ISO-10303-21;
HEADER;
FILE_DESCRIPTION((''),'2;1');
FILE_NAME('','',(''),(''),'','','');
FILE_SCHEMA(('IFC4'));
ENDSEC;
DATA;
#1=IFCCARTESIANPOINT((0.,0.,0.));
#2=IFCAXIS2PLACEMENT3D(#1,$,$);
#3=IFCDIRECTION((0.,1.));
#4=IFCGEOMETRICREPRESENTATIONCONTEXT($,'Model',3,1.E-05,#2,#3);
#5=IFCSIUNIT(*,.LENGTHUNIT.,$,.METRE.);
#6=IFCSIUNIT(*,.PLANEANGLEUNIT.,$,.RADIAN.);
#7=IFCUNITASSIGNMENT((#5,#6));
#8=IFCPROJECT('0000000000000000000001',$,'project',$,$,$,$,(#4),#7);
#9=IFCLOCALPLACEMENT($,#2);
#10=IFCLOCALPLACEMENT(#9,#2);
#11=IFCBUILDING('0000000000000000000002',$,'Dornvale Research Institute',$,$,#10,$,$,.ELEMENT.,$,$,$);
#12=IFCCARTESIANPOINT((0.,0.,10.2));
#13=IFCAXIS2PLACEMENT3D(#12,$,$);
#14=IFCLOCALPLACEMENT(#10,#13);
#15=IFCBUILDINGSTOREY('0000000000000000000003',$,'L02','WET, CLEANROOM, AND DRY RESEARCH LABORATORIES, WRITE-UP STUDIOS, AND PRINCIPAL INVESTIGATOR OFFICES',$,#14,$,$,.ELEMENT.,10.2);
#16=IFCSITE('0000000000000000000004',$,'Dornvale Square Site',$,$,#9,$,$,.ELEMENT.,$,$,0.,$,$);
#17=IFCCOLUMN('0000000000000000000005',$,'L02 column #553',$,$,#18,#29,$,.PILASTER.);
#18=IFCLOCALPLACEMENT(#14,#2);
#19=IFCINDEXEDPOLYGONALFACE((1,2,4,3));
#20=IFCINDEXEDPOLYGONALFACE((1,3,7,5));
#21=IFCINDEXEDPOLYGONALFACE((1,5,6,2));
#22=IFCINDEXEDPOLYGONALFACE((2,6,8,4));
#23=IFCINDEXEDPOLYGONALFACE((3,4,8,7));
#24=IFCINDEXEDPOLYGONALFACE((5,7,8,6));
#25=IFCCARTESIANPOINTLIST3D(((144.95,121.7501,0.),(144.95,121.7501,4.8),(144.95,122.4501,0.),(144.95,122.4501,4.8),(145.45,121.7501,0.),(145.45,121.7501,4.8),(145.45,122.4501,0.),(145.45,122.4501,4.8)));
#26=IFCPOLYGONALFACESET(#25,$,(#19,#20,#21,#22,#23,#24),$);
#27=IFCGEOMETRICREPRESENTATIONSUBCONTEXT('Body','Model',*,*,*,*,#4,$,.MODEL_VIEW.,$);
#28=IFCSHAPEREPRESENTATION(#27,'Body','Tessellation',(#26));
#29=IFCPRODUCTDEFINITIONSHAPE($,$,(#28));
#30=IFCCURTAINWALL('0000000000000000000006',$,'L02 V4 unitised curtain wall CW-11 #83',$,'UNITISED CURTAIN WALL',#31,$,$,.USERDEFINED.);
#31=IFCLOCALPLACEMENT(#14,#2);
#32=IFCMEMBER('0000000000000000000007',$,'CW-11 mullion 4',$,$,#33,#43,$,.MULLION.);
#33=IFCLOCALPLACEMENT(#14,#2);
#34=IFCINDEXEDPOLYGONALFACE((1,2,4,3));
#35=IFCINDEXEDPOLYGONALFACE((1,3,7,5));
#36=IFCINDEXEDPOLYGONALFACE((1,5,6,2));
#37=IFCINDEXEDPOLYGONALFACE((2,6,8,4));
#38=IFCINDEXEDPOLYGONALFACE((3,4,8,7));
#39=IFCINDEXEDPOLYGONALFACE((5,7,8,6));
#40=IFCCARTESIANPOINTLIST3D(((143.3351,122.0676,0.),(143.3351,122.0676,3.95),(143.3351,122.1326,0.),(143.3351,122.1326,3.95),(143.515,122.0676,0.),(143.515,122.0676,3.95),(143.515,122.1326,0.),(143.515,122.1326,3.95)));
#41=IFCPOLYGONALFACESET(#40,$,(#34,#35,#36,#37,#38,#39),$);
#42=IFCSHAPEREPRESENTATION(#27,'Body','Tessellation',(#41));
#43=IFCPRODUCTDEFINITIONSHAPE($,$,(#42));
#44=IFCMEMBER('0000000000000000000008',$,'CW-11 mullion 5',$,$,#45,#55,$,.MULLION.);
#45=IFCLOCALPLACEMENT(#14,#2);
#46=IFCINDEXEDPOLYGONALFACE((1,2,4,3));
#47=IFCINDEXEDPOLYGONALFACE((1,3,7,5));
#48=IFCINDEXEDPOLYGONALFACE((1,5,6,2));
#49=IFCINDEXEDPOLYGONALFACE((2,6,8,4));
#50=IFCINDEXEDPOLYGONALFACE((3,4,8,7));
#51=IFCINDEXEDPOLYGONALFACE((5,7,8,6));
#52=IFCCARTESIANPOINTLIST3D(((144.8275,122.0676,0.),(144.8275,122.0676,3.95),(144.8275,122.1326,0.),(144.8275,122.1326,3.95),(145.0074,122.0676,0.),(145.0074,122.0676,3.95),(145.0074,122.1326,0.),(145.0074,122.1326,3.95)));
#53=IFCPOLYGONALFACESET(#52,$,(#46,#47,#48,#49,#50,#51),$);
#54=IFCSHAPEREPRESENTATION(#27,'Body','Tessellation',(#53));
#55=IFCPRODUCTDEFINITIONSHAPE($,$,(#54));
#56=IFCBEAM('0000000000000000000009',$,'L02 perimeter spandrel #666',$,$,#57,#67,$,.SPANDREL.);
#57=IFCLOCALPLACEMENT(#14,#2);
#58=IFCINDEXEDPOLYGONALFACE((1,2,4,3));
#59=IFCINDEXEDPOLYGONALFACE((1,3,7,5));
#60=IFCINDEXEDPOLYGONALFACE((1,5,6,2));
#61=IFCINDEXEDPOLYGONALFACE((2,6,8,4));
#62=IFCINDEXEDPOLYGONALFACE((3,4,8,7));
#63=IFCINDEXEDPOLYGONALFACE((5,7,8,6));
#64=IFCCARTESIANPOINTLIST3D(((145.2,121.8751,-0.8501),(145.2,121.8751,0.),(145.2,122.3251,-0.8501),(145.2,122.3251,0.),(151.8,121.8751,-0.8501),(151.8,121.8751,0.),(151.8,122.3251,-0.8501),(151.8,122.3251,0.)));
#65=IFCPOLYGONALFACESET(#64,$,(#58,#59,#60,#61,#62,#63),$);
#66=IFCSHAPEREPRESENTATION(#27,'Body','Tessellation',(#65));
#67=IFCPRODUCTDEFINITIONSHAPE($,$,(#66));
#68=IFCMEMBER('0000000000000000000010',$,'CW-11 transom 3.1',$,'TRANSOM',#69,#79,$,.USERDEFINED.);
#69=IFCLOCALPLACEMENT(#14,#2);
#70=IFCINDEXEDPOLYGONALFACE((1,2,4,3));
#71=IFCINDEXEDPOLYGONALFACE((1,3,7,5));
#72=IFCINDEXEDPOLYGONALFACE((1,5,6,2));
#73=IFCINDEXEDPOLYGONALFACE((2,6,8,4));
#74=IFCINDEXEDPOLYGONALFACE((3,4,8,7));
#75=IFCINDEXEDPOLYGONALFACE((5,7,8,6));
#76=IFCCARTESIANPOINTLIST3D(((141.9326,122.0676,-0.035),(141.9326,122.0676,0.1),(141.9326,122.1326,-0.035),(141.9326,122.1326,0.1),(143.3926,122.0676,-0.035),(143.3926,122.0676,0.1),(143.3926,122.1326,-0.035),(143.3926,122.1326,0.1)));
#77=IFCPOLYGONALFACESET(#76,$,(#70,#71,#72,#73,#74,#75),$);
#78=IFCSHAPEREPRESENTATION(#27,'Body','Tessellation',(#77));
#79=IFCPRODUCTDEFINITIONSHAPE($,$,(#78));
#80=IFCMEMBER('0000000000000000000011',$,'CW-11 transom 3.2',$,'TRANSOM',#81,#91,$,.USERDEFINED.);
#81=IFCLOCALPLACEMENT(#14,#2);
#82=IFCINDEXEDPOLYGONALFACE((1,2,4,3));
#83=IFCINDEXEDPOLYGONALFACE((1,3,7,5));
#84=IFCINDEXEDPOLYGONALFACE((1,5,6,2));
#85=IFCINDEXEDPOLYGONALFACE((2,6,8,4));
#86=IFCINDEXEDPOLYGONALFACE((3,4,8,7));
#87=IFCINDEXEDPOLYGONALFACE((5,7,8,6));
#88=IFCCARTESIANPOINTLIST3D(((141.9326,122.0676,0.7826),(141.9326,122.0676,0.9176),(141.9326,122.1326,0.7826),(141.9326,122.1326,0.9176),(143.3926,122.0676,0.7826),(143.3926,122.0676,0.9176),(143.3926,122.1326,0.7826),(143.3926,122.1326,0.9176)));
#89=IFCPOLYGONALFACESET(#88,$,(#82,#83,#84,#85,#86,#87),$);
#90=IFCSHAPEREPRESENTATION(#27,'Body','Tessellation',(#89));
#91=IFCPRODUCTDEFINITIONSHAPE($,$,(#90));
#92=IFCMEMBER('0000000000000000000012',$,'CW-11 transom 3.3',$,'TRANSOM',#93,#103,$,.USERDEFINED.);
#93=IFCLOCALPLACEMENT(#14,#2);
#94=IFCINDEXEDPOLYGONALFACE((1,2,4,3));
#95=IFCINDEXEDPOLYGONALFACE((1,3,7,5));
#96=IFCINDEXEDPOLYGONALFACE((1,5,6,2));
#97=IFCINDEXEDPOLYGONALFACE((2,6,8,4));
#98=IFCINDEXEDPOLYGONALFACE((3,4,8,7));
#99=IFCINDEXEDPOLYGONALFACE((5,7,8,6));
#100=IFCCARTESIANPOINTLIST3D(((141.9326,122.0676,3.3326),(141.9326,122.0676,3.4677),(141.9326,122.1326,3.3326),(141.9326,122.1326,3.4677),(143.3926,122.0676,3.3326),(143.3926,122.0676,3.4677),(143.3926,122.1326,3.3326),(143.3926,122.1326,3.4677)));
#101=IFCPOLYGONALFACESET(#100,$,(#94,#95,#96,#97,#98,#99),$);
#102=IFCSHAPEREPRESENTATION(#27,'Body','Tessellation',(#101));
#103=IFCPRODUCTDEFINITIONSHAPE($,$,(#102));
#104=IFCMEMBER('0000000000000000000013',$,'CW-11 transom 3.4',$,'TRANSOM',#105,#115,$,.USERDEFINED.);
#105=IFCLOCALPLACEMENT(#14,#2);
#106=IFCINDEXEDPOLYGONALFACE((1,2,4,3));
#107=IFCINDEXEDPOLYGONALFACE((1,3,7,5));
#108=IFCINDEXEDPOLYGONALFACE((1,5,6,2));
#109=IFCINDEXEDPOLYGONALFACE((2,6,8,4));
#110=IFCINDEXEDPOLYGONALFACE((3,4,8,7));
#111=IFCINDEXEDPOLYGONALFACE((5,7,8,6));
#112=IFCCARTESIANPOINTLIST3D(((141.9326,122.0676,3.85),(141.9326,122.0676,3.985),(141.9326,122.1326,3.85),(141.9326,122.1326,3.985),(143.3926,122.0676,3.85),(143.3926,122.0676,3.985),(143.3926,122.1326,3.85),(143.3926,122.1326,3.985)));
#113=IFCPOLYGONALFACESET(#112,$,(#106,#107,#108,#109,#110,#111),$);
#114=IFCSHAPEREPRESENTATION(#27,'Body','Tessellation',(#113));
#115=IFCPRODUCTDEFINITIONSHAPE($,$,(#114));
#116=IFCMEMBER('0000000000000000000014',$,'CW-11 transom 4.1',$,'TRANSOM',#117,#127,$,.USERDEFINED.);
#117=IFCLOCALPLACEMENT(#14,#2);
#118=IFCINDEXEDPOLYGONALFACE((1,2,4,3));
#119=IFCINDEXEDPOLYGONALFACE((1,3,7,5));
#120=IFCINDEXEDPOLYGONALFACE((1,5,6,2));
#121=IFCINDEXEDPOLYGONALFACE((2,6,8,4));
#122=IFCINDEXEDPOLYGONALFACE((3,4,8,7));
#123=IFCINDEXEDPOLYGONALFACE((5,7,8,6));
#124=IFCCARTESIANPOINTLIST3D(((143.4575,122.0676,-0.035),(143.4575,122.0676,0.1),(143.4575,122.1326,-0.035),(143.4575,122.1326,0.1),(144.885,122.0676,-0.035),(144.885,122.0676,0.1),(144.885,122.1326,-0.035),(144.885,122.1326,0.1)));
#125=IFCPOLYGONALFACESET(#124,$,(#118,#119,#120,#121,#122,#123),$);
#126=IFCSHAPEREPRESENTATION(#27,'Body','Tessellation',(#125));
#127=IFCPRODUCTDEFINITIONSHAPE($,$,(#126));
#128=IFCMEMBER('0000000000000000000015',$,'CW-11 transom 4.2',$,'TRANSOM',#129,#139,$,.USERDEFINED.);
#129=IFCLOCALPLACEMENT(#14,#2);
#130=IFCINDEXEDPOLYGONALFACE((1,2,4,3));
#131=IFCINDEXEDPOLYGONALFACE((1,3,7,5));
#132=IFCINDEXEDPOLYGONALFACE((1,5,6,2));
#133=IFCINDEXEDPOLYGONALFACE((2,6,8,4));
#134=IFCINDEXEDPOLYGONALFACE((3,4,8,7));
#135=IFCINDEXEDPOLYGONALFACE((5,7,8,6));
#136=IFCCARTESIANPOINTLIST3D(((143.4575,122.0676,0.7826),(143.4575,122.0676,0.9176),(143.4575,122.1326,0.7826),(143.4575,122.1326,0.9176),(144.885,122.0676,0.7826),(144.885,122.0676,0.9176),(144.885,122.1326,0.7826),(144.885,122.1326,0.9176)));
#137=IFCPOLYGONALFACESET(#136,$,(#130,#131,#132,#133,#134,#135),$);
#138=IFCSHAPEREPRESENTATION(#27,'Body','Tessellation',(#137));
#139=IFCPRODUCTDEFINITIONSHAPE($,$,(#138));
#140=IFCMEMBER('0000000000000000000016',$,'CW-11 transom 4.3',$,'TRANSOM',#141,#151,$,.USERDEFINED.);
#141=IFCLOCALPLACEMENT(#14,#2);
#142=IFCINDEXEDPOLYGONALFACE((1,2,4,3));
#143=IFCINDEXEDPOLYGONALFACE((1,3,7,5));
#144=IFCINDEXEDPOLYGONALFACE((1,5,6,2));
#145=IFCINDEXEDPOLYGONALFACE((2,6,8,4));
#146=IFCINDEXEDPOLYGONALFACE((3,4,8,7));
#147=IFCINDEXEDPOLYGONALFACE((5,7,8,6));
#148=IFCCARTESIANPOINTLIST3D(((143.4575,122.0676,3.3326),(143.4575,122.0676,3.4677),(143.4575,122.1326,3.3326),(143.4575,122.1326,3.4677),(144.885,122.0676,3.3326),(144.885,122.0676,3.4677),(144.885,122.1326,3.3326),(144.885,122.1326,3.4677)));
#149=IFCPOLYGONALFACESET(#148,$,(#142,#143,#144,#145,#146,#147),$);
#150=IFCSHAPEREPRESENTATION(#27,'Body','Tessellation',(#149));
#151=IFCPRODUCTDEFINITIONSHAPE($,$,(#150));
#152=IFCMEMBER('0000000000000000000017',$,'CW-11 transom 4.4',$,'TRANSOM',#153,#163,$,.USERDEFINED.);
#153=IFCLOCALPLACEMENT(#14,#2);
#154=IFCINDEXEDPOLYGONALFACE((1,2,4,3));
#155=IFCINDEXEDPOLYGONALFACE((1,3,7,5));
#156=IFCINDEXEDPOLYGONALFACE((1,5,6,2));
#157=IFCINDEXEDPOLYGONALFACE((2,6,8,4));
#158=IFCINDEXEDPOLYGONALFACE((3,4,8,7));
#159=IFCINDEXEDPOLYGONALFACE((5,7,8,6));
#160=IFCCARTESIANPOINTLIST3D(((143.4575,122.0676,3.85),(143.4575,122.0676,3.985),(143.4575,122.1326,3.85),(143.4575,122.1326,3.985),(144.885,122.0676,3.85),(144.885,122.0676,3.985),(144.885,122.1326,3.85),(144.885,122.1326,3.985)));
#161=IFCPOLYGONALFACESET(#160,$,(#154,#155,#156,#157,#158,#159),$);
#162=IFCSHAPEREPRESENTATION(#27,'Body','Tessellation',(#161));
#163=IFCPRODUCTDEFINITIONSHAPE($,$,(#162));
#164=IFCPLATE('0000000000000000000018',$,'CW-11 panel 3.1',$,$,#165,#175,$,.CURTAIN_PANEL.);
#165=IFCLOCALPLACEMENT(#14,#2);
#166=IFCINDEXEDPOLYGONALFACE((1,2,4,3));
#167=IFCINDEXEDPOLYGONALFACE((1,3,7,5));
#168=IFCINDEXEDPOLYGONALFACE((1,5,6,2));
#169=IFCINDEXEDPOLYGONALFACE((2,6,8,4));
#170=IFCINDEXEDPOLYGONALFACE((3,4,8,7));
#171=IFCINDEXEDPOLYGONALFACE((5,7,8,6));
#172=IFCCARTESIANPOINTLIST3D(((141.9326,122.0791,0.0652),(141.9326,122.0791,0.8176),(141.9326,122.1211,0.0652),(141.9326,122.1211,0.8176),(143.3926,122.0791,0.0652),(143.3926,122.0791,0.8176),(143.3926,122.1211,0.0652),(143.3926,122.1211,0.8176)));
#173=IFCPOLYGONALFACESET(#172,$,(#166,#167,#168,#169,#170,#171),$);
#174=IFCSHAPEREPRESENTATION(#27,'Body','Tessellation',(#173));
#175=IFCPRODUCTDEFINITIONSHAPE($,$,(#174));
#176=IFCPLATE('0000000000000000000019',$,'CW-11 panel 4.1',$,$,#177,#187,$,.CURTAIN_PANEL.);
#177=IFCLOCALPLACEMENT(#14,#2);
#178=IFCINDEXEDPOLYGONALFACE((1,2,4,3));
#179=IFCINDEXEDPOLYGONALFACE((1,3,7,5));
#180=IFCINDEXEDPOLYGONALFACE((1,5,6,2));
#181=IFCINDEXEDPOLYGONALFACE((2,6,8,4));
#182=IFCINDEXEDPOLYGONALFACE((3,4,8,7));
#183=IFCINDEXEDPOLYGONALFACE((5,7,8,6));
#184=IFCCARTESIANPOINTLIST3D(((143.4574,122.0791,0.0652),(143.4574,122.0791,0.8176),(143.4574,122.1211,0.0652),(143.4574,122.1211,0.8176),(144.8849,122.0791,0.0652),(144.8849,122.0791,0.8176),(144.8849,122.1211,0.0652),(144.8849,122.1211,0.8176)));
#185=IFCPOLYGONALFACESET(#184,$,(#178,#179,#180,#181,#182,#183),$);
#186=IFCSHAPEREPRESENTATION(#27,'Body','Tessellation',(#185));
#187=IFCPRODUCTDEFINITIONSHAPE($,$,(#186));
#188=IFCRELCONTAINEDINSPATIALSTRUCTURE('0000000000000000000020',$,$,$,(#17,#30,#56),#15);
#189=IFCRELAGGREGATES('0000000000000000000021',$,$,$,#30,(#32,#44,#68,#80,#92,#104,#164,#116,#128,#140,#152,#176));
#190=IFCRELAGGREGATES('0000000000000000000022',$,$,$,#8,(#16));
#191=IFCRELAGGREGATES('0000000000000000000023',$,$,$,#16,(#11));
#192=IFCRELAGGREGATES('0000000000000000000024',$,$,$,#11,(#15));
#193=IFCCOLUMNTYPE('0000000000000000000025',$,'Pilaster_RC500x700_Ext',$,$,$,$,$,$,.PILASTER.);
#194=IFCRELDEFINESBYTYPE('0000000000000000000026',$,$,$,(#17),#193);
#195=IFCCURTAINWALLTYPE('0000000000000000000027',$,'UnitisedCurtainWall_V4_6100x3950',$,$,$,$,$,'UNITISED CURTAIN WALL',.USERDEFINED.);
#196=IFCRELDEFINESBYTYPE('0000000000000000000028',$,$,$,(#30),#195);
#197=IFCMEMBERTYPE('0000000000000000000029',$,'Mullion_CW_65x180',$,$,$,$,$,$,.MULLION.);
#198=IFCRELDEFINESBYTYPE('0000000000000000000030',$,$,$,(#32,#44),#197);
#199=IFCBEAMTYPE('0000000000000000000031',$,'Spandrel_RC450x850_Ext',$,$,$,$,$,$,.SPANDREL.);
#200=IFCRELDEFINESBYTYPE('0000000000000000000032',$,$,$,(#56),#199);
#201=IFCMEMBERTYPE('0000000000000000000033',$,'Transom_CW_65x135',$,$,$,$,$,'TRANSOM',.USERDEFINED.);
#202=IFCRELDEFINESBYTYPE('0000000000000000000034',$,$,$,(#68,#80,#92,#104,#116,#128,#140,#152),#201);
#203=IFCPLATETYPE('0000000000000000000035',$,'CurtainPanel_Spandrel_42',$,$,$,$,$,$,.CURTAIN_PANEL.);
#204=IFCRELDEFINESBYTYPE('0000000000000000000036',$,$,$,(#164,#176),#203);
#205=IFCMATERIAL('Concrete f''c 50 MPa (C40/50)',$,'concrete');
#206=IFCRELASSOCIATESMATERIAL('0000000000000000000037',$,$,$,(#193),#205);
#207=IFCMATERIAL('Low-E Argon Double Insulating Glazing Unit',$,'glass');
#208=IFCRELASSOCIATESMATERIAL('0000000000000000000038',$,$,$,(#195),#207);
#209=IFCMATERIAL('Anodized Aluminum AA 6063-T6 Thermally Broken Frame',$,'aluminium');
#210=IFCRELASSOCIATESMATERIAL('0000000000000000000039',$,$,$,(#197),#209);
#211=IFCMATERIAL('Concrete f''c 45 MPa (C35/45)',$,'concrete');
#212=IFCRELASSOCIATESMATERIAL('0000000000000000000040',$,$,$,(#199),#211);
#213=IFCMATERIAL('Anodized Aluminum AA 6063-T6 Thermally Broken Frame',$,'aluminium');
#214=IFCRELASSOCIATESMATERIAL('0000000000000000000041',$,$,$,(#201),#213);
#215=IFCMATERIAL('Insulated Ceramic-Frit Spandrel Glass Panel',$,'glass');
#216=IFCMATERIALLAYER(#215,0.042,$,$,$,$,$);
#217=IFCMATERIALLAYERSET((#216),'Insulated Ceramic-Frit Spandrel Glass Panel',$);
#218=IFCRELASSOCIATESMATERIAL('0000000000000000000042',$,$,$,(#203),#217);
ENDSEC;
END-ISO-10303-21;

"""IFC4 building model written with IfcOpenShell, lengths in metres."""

from ifc_helpers import new_model, si_unit, direction, frame, origin, origin_2d, place, context, subcontext, project, spatial, rectangle, extrude, material, layer, layer_set, material_profile, profile_set, type_object, element, aggregate, save


model = new_model("IFC4")

# Units and contexts
model_context = context("Model", 3, precision=1e-05, world=origin(), true_north=direction((0.0, 1.0)))
body_context = subcontext(model_context, "Body", "Model", "MODEL_VIEW")
ifc_project = project(units=[si_unit("LENGTHUNIT", "METRE"), si_unit("PLANEANGLEUNIT", "RADIAN")], contexts=[model_context])

# Site, building, storey
site_placement = place(None, origin())
site = spatial("IfcSite", under=ifc_project, at=site_placement, Name="Dornvale Square Site", CompositionType="ELEMENT", RefElevation=0.0)
building_placement = place(site_placement, origin())
building = spatial("IfcBuilding", under=site, at=building_placement, Name="Dornvale Research Institute", CompositionType="ELEMENT")
storey_placement = place(building_placement, frame((0.0, 0.0, 10.2)))
storey = spatial("IfcBuildingStorey", under=building, at=storey_placement, Name="L02", Description="WET, CLEANROOM, AND DRY RESEARCH LABORATORIES, WRITE-UP STUDIOS, AND PRINCIPAL INVESTIGATOR OFFICES", CompositionType="ELEMENT", Elevation=10.2)

# Column
ifc_material_1 = material(Name="Concrete f'c 50 MPa (C40/50)", Category="concrete")
ifc_material_profile_1 = material_profile(ifc_material_1, rectangle(XDim=0.5, YDim=0.7, at=origin_2d()), Name="RC 500x700")
ifc_profile_set_1 = profile_set([ifc_material_profile_1], Name="Concrete f'c 50 MPa (C40/50)")
column_type = type_object("IfcColumnType", Name="Pilaster_RC500x700_Ext", PredefinedType="PILASTER", material=ifc_profile_set_1)
column_placement = place(storey_placement, frame((145.2, 122.1001, 0.0), z_axis=(0.0, 0.0, 1.0), x_axis=(1.0, 0.0, 0.0)))
element("IfcColumn", 1, at=column_placement, inside=storey, type_object=column_type, Name="L02 column #553", PredefinedType="PILASTER", context=body_context, shape_type="SweptSolid", body=[
    extrude(rectangle(XDim=0.5, YDim=0.7, at=origin_2d()), origin(), (0.0, 0.0, 1.0), 4.8),
])

# Curtain wall, members
ifc_material_2 = material(Name="Low-E Argon Double Insulating Glazing Unit", Category="glass")
curtain_wall_type = type_object("IfcCurtainWallType", Name="UnitisedCurtainWall_V4_6100x3950", ElementType="UNITISED CURTAIN WALL", PredefinedType="USERDEFINED", material=ifc_material_2)
curtain_wall_placement = place(storey_placement, origin())
curtain_wall = element("IfcCurtainWall", 2, at=curtain_wall_placement, inside=storey, type_object=curtain_wall_type, Name="L02 V4 unitised curtain wall CW-11 #83", ObjectType="UNITISED CURTAIN WALL", PredefinedType="USERDEFINED")
ifc_material_3 = material(Name="Anodized Aluminum AA 6063-T6 Thermally Broken Frame", Category="aluminium")
ifc_material_profile_2 = material_profile(ifc_material_3, rectangle(XDim=0.0649, YDim=0.1799, at=origin_2d()), Name="ALU MULLION 65x180")
ifc_profile_set_2 = profile_set([ifc_material_profile_2], Name="Anodized Aluminum AA 6063-T6 Thermally Broken Frame")
member_type_1 = type_object("IfcMemberType", Name="Mullion_CW_65x180", PredefinedType="MULLION", material=ifc_profile_set_2)
member_1_placement = place(storey_placement, frame((143.425, 122.1001, 0.0), z_axis=(0.0, 0.0, 1.0), x_axis=(0.0, 1.0, 0.0)))
member_1 = element("IfcMember", 3, at=member_1_placement, type_object=member_type_1, Name="CW-11 mullion 4", PredefinedType="MULLION", context=body_context, shape_type="SweptSolid", body=[
    extrude(rectangle(XDim=0.0649, YDim=0.1799, at=origin_2d()), origin(), (0.0, 0.0, 1.0), 3.95),
])
member_2_placement = place(storey_placement, frame((144.9175, 122.1001, 0.0), z_axis=(0.0, 0.0, 1.0), x_axis=(0.0, 1.0, 0.0)))
member_2 = element("IfcMember", 4, at=member_2_placement, type_object=member_type_1, Name="CW-11 mullion 5", PredefinedType="MULLION", context=body_context, shape_type="SweptSolid", body=[
    extrude(rectangle(XDim=0.0649, YDim=0.1799, at=origin_2d()), origin(), (0.0, 0.0, 1.0), 3.95),
])

# Beam
ifc_material_4 = material(Name="Concrete f'c 45 MPa (C35/45)", Category="concrete")
ifc_material_profile_3 = material_profile(ifc_material_4, rectangle(XDim=0.45, YDim=0.8501, at=origin_2d()), Name="RC 450x850")
ifc_profile_set_3 = profile_set([ifc_material_profile_3], Name="Concrete f'c 45 MPa (C35/45)")
beam_type = type_object("IfcBeamType", Name="Spandrel_RC450x850_Ext", PredefinedType="SPANDREL", material=ifc_profile_set_3)
beam_placement = place(storey_placement, frame((145.2, 122.1001, -0.425), z_axis=(1.0, 0.0, 0.0), x_axis=(0.0, 1.0, 0.0)))
element("IfcBeam", 5, at=beam_placement, inside=storey, type_object=beam_type, Name="L02 perimeter spandrel #666", PredefinedType="SPANDREL", context=body_context, shape_type="SweptSolid", body=[
    extrude(rectangle(XDim=0.45, YDim=0.8501, at=origin_2d()), origin(), (0.0, 0.0, 1.0), 6.6001),
])

# Members
ifc_material_5 = material(Name="Anodized Aluminum AA 6063-T6 Thermally Broken Frame", Category="aluminium")
ifc_material_profile_4 = material_profile(ifc_material_5, rectangle(XDim=0.0649, YDim=0.135, at=origin_2d()), Name="ALU TRANSOM 65x135")
ifc_profile_set_4 = profile_set([ifc_material_profile_4], Name="Anodized Aluminum AA 6063-T6 Thermally Broken Frame")
member_type_2 = type_object("IfcMemberType", Name="Transom_CW_65x135", ElementType="TRANSOM", PredefinedType="USERDEFINED", material=ifc_profile_set_4)
member_3_placement = place(storey_placement, frame((141.9326, 122.1001, 0.0325), z_axis=(1.0, 0.0, 0.0), x_axis=(0.0, 1.0, 0.0)))
member_3 = element("IfcMember", 6, at=member_3_placement, type_object=member_type_2, Name="CW-11 transom 3.1", ObjectType="TRANSOM", PredefinedType="USERDEFINED", context=body_context, shape_type="SweptSolid", body=[
    extrude(rectangle(XDim=0.0649, YDim=0.135, at=origin_2d()), origin(), (0.0, 0.0, 1.0), 1.46),
])
member_4_placement = place(storey_placement, frame((141.9326, 122.1001, 0.8501), z_axis=(1.0, 0.0, 0.0), x_axis=(0.0, 1.0, 0.0)))
member_4 = element("IfcMember", 7, at=member_4_placement, type_object=member_type_2, Name="CW-11 transom 3.2", ObjectType="TRANSOM", PredefinedType="USERDEFINED", context=body_context, shape_type="SweptSolid", body=[
    extrude(rectangle(XDim=0.0649, YDim=0.135, at=origin_2d()), origin(), (0.0, 0.0, 1.0), 1.46),
])
member_5_placement = place(storey_placement, frame((141.9326, 122.1001, 3.4001), z_axis=(1.0, 0.0, 0.0), x_axis=(0.0, 1.0, 0.0)))
member_5 = element("IfcMember", 8, at=member_5_placement, type_object=member_type_2, Name="CW-11 transom 3.3", ObjectType="TRANSOM", PredefinedType="USERDEFINED", context=body_context, shape_type="SweptSolid", body=[
    extrude(rectangle(XDim=0.0649, YDim=0.135, at=origin_2d()), origin(), (0.0, 0.0, 1.0), 1.46),
])
member_6_placement = place(storey_placement, frame((141.9326, 122.1001, 3.9175), z_axis=(1.0, 0.0, 0.0), x_axis=(0.0, 1.0, 0.0)))
member_6 = element("IfcMember", 9, at=member_6_placement, type_object=member_type_2, Name="CW-11 transom 3.4", ObjectType="TRANSOM", PredefinedType="USERDEFINED", context=body_context, shape_type="SweptSolid", body=[
    extrude(rectangle(XDim=0.0649, YDim=0.135, at=origin_2d()), origin(), (0.0, 0.0, 1.0), 1.46),
])
member_7_placement = place(storey_placement, frame((143.4575, 122.1001, 0.0325), z_axis=(1.0, 0.0, 0.0), x_axis=(0.0, 1.0, 0.0)))
member_7 = element("IfcMember", 10, at=member_7_placement, type_object=member_type_2, Name="CW-11 transom 4.1", ObjectType="TRANSOM", PredefinedType="USERDEFINED", context=body_context, shape_type="SweptSolid", body=[
    extrude(rectangle(XDim=0.0649, YDim=0.135, at=origin_2d()), origin(), (0.0, 0.0, 1.0), 1.4275),
])
member_8_placement = place(storey_placement, frame((143.4575, 122.1001, 0.8501), z_axis=(1.0, 0.0, 0.0), x_axis=(0.0, 1.0, 0.0)))
member_8 = element("IfcMember", 11, at=member_8_placement, type_object=member_type_2, Name="CW-11 transom 4.2", ObjectType="TRANSOM", PredefinedType="USERDEFINED", context=body_context, shape_type="SweptSolid", body=[
    extrude(rectangle(XDim=0.0649, YDim=0.135, at=origin_2d()), origin(), (0.0, 0.0, 1.0), 1.4275),
])
member_9_placement = place(storey_placement, frame((143.4575, 122.1001, 3.4001), z_axis=(1.0, 0.0, 0.0), x_axis=(0.0, 1.0, 0.0)))
member_9 = element("IfcMember", 12, at=member_9_placement, type_object=member_type_2, Name="CW-11 transom 4.3", ObjectType="TRANSOM", PredefinedType="USERDEFINED", context=body_context, shape_type="SweptSolid", body=[
    extrude(rectangle(XDim=0.0649, YDim=0.135, at=origin_2d()), origin(), (0.0, 0.0, 1.0), 1.4275),
])
member_10_placement = place(storey_placement, frame((143.4575, 122.1001, 3.9175), z_axis=(1.0, 0.0, 0.0), x_axis=(0.0, 1.0, 0.0)))
member_10 = element("IfcMember", 13, at=member_10_placement, type_object=member_type_2, Name="CW-11 transom 4.4", ObjectType="TRANSOM", PredefinedType="USERDEFINED", context=body_context, shape_type="SweptSolid", body=[
    extrude(rectangle(XDim=0.0649, YDim=0.135, at=origin_2d()), origin(), (0.0, 0.0, 1.0), 1.4275),
])

# Plates
ifc_material_6 = material(Name="Insulated Ceramic-Frit Spandrel Glass Panel", Category="glass")
ifc_layer_1 = layer(ifc_material_6, 0.042)
ifc_layer_set_1 = layer_set([ifc_layer_1], Name="Insulated Ceramic-Frit Spandrel Glass Panel")
plate_type_1 = type_object("IfcPlateType", Name="CurtainPanel_Spandrel_42", PredefinedType="CURTAIN_PANEL", material=ifc_layer_set_1)
plate_1_placement = place(storey_placement, frame((142.6626, 122.1001, 0.0652), z_axis=(0.0, 0.0, 1.0), x_axis=(1.0, 0.0, 0.0)))
plate_1 = element("IfcPlate", 14, at=plate_1_placement, type_object=plate_type_1, Name="CW-11 panel 3.1", PredefinedType="CURTAIN_PANEL", context=body_context, shape_type="SweptSolid", body=[
    extrude(rectangle(XDim=1.46, YDim=0.042, at=origin_2d()), origin(), (0.0, 0.0, 1.0), 0.7524),
])
plate_2_placement = place(storey_placement, frame((144.1711, 122.1001, 0.0652), z_axis=(0.0, 0.0, 1.0), x_axis=(1.0, 0.0, 0.0)))
plate_2 = element("IfcPlate", 15, at=plate_2_placement, type_object=plate_type_1, Name="CW-11 panel 4.1", PredefinedType="CURTAIN_PANEL", context=body_context, shape_type="SweptSolid", body=[
    extrude(rectangle(XDim=1.4275, YDim=0.042, at=origin_2d()), origin(), (0.0, 0.0, 1.0), 0.7524),
])
aggregate(curtain_wall, [member_1, member_2, member_3, member_4, member_5, member_6, plate_1, member_7, member_8, member_9, member_10, plate_2])

save(model, "model.ifc")
